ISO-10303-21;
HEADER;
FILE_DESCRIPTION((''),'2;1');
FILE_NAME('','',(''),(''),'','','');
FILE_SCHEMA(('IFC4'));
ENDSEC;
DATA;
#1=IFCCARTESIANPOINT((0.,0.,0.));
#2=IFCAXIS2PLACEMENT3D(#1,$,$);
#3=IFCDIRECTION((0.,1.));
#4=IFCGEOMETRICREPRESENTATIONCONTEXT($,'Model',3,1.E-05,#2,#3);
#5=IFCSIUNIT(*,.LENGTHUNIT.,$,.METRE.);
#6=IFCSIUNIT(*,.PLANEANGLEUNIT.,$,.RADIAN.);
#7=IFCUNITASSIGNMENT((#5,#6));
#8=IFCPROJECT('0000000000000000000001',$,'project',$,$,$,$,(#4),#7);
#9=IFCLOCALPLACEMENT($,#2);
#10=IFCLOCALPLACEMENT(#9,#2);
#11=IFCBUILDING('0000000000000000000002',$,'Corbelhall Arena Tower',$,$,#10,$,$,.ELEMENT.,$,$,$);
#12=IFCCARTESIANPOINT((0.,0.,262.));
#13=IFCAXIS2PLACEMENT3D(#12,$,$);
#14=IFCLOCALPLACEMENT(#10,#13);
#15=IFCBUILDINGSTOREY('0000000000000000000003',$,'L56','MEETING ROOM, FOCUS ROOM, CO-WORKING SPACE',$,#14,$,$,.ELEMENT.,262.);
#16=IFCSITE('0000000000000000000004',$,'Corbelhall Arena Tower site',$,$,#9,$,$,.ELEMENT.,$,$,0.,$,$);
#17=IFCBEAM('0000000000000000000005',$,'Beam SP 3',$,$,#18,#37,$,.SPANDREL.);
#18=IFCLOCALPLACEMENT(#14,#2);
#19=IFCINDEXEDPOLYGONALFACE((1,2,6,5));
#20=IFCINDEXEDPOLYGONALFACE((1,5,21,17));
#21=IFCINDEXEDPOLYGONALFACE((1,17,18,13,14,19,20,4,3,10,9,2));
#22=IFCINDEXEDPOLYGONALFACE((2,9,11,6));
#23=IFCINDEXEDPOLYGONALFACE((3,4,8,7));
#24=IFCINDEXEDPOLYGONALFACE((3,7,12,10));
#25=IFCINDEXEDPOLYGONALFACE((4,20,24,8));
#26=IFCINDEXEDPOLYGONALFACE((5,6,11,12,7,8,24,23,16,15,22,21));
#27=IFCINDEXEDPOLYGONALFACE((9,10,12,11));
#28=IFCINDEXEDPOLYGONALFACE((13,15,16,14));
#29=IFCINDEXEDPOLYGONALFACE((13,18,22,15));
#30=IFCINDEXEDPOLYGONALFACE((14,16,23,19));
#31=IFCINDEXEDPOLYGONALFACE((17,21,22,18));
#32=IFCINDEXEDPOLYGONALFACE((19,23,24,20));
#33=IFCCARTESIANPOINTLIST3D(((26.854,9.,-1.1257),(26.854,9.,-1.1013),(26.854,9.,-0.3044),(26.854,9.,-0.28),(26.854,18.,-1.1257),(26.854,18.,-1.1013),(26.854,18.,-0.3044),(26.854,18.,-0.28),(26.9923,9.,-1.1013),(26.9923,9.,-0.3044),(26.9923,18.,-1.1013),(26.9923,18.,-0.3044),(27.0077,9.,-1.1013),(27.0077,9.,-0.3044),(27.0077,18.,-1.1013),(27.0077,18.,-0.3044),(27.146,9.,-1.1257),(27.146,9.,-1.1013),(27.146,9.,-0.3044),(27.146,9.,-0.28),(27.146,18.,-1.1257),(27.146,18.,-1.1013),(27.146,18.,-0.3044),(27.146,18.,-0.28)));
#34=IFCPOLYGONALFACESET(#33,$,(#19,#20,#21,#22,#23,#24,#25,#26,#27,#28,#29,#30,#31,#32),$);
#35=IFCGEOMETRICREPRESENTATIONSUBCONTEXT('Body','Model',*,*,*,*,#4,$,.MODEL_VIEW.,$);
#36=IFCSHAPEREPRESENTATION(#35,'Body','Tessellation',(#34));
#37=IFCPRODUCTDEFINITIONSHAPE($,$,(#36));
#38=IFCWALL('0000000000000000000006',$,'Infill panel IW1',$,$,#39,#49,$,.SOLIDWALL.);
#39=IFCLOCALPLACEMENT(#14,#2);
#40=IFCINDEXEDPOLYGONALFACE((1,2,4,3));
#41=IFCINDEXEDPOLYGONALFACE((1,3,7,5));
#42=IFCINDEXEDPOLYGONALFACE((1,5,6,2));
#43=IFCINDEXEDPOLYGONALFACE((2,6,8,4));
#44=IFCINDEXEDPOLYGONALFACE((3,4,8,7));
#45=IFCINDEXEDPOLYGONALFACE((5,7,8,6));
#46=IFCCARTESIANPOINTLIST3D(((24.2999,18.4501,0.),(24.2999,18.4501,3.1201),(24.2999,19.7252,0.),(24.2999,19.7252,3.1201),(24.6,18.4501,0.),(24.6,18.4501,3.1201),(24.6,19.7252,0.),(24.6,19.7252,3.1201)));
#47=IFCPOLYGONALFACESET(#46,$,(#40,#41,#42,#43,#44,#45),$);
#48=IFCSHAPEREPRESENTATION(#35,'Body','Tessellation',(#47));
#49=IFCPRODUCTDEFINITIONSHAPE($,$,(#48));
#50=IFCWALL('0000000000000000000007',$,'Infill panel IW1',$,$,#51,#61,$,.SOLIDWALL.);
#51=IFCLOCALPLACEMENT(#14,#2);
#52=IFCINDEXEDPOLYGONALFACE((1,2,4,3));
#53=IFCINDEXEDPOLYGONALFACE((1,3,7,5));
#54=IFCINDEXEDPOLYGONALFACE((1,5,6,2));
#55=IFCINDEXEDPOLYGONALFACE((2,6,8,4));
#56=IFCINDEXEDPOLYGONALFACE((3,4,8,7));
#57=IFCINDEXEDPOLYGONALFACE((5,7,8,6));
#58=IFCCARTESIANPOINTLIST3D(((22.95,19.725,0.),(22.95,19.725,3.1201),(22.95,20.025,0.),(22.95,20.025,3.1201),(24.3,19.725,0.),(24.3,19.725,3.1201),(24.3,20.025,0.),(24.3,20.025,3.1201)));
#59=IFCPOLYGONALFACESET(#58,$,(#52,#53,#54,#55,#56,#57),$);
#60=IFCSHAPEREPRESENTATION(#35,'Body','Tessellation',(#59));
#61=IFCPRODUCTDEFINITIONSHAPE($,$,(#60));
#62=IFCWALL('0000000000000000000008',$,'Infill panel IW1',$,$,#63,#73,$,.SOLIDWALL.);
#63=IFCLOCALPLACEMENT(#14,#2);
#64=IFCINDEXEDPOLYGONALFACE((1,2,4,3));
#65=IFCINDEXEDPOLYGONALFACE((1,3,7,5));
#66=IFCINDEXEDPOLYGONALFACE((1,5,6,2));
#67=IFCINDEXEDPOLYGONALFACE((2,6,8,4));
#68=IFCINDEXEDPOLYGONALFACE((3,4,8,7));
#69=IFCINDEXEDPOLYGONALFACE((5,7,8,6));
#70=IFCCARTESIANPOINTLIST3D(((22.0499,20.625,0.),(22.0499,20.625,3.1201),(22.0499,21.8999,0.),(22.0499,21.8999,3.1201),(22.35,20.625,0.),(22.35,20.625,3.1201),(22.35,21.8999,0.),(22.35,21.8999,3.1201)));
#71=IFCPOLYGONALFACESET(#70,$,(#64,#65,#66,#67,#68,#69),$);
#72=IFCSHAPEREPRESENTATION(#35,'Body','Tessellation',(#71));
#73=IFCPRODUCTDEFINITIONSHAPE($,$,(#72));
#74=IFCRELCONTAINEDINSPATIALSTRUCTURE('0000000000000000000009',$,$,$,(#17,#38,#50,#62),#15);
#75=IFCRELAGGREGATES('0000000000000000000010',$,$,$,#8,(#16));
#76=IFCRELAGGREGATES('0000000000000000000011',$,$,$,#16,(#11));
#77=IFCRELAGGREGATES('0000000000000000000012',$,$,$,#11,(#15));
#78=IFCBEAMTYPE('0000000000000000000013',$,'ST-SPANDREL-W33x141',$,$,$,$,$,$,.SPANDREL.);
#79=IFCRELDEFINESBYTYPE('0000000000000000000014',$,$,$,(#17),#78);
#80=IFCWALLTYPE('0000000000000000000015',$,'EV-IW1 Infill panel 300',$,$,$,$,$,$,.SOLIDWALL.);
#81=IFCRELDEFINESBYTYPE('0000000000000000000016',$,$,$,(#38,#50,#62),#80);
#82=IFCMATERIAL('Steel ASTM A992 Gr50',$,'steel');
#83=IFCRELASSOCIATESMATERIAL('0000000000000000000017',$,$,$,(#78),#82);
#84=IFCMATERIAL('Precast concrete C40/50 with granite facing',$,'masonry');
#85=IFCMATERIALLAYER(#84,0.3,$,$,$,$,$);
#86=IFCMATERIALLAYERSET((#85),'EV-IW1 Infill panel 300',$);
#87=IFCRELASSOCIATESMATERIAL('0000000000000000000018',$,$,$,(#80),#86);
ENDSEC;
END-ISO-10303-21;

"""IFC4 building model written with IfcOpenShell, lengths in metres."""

from ifc_helpers import new_model, si_unit, direction, frame, frame_2d, origin, origin_2d, place, context, subcontext, project, spatial, rectangle, i_section, extrude, material, layer, layer_set, material_profile, profile_set, type_object, element, save


model = new_model("IFC4")

# Units and contexts
model_context = context("Model", 3, precision=1e-05, world=origin(), true_north=direction((0.0, 1.0)))
body_context = subcontext(model_context, "Body", "Model", "MODEL_VIEW")
ifc_project = project(units=[si_unit("LENGTHUNIT", "METRE"), si_unit("PLANEANGLEUNIT", "RADIAN")], contexts=[model_context])

# Site, building, storey
site_placement = place(None, origin())
site = spatial("IfcSite", under=ifc_project, at=site_placement, Name="Corbelhall Arena Tower site", CompositionType="ELEMENT", RefElevation=0.0)
building_placement = place(site_placement, origin())
building = spatial("IfcBuilding", under=site, at=building_placement, Name="Corbelhall Arena Tower", CompositionType="ELEMENT")
storey_placement = place(building_placement, frame((0.0, 0.0, 262.0)))
storey = spatial("IfcBuildingStorey", under=building, at=storey_placement, Name="L56", Description="MEETING ROOM, FOCUS ROOM, CO-WORKING SPACE", CompositionType="ELEMENT", Elevation=262.0)

# Beam
ifc_material_1 = material(Name="Steel ASTM A992 Gr50", Category="steel")
ifc_material_profile_1 = material_profile(ifc_material_1, i_section(OverallWidth=0.292, OverallDepth=0.8457, WebThickness=0.0154, FlangeThickness=0.0244, at=origin_2d()))
ifc_profile_set_1 = profile_set([ifc_material_profile_1], Name="Steel ASTM A992 Gr50")
beam_type_1 = type_object("IfcBeamType", Name="ST-SPANDREL-W33x141", PredefinedType="SPANDREL", material=ifc_profile_set_1)
beam_1_placement = place(storey_placement, frame((27.0, 18.0, -0.7029), z_axis=(0.0, -1.0, 0.0), x_axis=(1.0, 0.0, 0.0)))
element("IfcBeam", 1, at=beam_1_placement, inside=storey, type_object=beam_type_1, Name="Beam SP 3", PredefinedType="SPANDREL", context=body_context, shape_type="SweptSolid", body=[
    extrude(i_section(OverallWidth=0.292, OverallDepth=0.8457, WebThickness=0.0154, FlangeThickness=0.0244, at=origin_2d()), origin(), (0.0, 0.0, 1.0), 9.0),
])

# Walls
ifc_material_2 = material(Name="Precast concrete C40/50 with granite facing", Category="masonry")
ifc_layer_1 = layer(ifc_material_2, 0.3)
ifc_layer_set_1 = layer_set([ifc_layer_1], Name="EV-IW1 Infill panel 300")
wall_type_1 = type_object("IfcWallType", Name="EV-IW1 Infill panel 300", PredefinedType="SOLIDWALL", material=ifc_layer_set_1)
wall_1_placement = place(storey_placement, frame((24.45, 18.45, 0.0), z_axis=(0.0, 0.0, 1.0), x_axis=(0.0, 1.0, 0.0)))
element("IfcWall", 2, at=wall_1_placement, inside=storey, type_object=wall_type_1, Name="Infill panel IW1", PredefinedType="SOLIDWALL", context=body_context, shape_type="SweptSolid", body=[
    extrude(rectangle(XDim=1.2751, YDim=0.3, at=frame_2d((0.6377, 0.0))), origin(), (0.0, 0.0, 1.0), 3.1201),
])
wall_2_placement = place(storey_placement, frame((24.3, 19.875, 0.0), z_axis=(0.0, 0.0, 1.0), x_axis=(-1.0, 0.0, 0.0)))
element("IfcWall", 3, at=wall_2_placement, inside=storey, type_object=wall_type_1, Name="Infill panel IW1", PredefinedType="SOLIDWALL", context=body_context, shape_type="SweptSolid", body=[
    extrude(rectangle(XDim=1.3501, YDim=0.3, at=frame_2d((0.675, 0.0))), origin(), (0.0, 0.0, 1.0), 3.1201),
])
wall_3_placement = place(storey_placement, frame((22.2, 20.625, 0.0), z_axis=(0.0, 0.0, 1.0), x_axis=(0.0, 1.0, 0.0)))
element("IfcWall", 4, at=wall_3_placement, inside=storey, type_object=wall_type_1, Name="Infill panel IW1", PredefinedType="SOLIDWALL", context=body_context, shape_type="SweptSolid", body=[
    extrude(rectangle(XDim=1.2749, YDim=0.3, at=frame_2d((0.6375, 0.0))), origin(), (0.0, 0.0, 1.0), 3.1201),
])

save(model, "model.ifc")
